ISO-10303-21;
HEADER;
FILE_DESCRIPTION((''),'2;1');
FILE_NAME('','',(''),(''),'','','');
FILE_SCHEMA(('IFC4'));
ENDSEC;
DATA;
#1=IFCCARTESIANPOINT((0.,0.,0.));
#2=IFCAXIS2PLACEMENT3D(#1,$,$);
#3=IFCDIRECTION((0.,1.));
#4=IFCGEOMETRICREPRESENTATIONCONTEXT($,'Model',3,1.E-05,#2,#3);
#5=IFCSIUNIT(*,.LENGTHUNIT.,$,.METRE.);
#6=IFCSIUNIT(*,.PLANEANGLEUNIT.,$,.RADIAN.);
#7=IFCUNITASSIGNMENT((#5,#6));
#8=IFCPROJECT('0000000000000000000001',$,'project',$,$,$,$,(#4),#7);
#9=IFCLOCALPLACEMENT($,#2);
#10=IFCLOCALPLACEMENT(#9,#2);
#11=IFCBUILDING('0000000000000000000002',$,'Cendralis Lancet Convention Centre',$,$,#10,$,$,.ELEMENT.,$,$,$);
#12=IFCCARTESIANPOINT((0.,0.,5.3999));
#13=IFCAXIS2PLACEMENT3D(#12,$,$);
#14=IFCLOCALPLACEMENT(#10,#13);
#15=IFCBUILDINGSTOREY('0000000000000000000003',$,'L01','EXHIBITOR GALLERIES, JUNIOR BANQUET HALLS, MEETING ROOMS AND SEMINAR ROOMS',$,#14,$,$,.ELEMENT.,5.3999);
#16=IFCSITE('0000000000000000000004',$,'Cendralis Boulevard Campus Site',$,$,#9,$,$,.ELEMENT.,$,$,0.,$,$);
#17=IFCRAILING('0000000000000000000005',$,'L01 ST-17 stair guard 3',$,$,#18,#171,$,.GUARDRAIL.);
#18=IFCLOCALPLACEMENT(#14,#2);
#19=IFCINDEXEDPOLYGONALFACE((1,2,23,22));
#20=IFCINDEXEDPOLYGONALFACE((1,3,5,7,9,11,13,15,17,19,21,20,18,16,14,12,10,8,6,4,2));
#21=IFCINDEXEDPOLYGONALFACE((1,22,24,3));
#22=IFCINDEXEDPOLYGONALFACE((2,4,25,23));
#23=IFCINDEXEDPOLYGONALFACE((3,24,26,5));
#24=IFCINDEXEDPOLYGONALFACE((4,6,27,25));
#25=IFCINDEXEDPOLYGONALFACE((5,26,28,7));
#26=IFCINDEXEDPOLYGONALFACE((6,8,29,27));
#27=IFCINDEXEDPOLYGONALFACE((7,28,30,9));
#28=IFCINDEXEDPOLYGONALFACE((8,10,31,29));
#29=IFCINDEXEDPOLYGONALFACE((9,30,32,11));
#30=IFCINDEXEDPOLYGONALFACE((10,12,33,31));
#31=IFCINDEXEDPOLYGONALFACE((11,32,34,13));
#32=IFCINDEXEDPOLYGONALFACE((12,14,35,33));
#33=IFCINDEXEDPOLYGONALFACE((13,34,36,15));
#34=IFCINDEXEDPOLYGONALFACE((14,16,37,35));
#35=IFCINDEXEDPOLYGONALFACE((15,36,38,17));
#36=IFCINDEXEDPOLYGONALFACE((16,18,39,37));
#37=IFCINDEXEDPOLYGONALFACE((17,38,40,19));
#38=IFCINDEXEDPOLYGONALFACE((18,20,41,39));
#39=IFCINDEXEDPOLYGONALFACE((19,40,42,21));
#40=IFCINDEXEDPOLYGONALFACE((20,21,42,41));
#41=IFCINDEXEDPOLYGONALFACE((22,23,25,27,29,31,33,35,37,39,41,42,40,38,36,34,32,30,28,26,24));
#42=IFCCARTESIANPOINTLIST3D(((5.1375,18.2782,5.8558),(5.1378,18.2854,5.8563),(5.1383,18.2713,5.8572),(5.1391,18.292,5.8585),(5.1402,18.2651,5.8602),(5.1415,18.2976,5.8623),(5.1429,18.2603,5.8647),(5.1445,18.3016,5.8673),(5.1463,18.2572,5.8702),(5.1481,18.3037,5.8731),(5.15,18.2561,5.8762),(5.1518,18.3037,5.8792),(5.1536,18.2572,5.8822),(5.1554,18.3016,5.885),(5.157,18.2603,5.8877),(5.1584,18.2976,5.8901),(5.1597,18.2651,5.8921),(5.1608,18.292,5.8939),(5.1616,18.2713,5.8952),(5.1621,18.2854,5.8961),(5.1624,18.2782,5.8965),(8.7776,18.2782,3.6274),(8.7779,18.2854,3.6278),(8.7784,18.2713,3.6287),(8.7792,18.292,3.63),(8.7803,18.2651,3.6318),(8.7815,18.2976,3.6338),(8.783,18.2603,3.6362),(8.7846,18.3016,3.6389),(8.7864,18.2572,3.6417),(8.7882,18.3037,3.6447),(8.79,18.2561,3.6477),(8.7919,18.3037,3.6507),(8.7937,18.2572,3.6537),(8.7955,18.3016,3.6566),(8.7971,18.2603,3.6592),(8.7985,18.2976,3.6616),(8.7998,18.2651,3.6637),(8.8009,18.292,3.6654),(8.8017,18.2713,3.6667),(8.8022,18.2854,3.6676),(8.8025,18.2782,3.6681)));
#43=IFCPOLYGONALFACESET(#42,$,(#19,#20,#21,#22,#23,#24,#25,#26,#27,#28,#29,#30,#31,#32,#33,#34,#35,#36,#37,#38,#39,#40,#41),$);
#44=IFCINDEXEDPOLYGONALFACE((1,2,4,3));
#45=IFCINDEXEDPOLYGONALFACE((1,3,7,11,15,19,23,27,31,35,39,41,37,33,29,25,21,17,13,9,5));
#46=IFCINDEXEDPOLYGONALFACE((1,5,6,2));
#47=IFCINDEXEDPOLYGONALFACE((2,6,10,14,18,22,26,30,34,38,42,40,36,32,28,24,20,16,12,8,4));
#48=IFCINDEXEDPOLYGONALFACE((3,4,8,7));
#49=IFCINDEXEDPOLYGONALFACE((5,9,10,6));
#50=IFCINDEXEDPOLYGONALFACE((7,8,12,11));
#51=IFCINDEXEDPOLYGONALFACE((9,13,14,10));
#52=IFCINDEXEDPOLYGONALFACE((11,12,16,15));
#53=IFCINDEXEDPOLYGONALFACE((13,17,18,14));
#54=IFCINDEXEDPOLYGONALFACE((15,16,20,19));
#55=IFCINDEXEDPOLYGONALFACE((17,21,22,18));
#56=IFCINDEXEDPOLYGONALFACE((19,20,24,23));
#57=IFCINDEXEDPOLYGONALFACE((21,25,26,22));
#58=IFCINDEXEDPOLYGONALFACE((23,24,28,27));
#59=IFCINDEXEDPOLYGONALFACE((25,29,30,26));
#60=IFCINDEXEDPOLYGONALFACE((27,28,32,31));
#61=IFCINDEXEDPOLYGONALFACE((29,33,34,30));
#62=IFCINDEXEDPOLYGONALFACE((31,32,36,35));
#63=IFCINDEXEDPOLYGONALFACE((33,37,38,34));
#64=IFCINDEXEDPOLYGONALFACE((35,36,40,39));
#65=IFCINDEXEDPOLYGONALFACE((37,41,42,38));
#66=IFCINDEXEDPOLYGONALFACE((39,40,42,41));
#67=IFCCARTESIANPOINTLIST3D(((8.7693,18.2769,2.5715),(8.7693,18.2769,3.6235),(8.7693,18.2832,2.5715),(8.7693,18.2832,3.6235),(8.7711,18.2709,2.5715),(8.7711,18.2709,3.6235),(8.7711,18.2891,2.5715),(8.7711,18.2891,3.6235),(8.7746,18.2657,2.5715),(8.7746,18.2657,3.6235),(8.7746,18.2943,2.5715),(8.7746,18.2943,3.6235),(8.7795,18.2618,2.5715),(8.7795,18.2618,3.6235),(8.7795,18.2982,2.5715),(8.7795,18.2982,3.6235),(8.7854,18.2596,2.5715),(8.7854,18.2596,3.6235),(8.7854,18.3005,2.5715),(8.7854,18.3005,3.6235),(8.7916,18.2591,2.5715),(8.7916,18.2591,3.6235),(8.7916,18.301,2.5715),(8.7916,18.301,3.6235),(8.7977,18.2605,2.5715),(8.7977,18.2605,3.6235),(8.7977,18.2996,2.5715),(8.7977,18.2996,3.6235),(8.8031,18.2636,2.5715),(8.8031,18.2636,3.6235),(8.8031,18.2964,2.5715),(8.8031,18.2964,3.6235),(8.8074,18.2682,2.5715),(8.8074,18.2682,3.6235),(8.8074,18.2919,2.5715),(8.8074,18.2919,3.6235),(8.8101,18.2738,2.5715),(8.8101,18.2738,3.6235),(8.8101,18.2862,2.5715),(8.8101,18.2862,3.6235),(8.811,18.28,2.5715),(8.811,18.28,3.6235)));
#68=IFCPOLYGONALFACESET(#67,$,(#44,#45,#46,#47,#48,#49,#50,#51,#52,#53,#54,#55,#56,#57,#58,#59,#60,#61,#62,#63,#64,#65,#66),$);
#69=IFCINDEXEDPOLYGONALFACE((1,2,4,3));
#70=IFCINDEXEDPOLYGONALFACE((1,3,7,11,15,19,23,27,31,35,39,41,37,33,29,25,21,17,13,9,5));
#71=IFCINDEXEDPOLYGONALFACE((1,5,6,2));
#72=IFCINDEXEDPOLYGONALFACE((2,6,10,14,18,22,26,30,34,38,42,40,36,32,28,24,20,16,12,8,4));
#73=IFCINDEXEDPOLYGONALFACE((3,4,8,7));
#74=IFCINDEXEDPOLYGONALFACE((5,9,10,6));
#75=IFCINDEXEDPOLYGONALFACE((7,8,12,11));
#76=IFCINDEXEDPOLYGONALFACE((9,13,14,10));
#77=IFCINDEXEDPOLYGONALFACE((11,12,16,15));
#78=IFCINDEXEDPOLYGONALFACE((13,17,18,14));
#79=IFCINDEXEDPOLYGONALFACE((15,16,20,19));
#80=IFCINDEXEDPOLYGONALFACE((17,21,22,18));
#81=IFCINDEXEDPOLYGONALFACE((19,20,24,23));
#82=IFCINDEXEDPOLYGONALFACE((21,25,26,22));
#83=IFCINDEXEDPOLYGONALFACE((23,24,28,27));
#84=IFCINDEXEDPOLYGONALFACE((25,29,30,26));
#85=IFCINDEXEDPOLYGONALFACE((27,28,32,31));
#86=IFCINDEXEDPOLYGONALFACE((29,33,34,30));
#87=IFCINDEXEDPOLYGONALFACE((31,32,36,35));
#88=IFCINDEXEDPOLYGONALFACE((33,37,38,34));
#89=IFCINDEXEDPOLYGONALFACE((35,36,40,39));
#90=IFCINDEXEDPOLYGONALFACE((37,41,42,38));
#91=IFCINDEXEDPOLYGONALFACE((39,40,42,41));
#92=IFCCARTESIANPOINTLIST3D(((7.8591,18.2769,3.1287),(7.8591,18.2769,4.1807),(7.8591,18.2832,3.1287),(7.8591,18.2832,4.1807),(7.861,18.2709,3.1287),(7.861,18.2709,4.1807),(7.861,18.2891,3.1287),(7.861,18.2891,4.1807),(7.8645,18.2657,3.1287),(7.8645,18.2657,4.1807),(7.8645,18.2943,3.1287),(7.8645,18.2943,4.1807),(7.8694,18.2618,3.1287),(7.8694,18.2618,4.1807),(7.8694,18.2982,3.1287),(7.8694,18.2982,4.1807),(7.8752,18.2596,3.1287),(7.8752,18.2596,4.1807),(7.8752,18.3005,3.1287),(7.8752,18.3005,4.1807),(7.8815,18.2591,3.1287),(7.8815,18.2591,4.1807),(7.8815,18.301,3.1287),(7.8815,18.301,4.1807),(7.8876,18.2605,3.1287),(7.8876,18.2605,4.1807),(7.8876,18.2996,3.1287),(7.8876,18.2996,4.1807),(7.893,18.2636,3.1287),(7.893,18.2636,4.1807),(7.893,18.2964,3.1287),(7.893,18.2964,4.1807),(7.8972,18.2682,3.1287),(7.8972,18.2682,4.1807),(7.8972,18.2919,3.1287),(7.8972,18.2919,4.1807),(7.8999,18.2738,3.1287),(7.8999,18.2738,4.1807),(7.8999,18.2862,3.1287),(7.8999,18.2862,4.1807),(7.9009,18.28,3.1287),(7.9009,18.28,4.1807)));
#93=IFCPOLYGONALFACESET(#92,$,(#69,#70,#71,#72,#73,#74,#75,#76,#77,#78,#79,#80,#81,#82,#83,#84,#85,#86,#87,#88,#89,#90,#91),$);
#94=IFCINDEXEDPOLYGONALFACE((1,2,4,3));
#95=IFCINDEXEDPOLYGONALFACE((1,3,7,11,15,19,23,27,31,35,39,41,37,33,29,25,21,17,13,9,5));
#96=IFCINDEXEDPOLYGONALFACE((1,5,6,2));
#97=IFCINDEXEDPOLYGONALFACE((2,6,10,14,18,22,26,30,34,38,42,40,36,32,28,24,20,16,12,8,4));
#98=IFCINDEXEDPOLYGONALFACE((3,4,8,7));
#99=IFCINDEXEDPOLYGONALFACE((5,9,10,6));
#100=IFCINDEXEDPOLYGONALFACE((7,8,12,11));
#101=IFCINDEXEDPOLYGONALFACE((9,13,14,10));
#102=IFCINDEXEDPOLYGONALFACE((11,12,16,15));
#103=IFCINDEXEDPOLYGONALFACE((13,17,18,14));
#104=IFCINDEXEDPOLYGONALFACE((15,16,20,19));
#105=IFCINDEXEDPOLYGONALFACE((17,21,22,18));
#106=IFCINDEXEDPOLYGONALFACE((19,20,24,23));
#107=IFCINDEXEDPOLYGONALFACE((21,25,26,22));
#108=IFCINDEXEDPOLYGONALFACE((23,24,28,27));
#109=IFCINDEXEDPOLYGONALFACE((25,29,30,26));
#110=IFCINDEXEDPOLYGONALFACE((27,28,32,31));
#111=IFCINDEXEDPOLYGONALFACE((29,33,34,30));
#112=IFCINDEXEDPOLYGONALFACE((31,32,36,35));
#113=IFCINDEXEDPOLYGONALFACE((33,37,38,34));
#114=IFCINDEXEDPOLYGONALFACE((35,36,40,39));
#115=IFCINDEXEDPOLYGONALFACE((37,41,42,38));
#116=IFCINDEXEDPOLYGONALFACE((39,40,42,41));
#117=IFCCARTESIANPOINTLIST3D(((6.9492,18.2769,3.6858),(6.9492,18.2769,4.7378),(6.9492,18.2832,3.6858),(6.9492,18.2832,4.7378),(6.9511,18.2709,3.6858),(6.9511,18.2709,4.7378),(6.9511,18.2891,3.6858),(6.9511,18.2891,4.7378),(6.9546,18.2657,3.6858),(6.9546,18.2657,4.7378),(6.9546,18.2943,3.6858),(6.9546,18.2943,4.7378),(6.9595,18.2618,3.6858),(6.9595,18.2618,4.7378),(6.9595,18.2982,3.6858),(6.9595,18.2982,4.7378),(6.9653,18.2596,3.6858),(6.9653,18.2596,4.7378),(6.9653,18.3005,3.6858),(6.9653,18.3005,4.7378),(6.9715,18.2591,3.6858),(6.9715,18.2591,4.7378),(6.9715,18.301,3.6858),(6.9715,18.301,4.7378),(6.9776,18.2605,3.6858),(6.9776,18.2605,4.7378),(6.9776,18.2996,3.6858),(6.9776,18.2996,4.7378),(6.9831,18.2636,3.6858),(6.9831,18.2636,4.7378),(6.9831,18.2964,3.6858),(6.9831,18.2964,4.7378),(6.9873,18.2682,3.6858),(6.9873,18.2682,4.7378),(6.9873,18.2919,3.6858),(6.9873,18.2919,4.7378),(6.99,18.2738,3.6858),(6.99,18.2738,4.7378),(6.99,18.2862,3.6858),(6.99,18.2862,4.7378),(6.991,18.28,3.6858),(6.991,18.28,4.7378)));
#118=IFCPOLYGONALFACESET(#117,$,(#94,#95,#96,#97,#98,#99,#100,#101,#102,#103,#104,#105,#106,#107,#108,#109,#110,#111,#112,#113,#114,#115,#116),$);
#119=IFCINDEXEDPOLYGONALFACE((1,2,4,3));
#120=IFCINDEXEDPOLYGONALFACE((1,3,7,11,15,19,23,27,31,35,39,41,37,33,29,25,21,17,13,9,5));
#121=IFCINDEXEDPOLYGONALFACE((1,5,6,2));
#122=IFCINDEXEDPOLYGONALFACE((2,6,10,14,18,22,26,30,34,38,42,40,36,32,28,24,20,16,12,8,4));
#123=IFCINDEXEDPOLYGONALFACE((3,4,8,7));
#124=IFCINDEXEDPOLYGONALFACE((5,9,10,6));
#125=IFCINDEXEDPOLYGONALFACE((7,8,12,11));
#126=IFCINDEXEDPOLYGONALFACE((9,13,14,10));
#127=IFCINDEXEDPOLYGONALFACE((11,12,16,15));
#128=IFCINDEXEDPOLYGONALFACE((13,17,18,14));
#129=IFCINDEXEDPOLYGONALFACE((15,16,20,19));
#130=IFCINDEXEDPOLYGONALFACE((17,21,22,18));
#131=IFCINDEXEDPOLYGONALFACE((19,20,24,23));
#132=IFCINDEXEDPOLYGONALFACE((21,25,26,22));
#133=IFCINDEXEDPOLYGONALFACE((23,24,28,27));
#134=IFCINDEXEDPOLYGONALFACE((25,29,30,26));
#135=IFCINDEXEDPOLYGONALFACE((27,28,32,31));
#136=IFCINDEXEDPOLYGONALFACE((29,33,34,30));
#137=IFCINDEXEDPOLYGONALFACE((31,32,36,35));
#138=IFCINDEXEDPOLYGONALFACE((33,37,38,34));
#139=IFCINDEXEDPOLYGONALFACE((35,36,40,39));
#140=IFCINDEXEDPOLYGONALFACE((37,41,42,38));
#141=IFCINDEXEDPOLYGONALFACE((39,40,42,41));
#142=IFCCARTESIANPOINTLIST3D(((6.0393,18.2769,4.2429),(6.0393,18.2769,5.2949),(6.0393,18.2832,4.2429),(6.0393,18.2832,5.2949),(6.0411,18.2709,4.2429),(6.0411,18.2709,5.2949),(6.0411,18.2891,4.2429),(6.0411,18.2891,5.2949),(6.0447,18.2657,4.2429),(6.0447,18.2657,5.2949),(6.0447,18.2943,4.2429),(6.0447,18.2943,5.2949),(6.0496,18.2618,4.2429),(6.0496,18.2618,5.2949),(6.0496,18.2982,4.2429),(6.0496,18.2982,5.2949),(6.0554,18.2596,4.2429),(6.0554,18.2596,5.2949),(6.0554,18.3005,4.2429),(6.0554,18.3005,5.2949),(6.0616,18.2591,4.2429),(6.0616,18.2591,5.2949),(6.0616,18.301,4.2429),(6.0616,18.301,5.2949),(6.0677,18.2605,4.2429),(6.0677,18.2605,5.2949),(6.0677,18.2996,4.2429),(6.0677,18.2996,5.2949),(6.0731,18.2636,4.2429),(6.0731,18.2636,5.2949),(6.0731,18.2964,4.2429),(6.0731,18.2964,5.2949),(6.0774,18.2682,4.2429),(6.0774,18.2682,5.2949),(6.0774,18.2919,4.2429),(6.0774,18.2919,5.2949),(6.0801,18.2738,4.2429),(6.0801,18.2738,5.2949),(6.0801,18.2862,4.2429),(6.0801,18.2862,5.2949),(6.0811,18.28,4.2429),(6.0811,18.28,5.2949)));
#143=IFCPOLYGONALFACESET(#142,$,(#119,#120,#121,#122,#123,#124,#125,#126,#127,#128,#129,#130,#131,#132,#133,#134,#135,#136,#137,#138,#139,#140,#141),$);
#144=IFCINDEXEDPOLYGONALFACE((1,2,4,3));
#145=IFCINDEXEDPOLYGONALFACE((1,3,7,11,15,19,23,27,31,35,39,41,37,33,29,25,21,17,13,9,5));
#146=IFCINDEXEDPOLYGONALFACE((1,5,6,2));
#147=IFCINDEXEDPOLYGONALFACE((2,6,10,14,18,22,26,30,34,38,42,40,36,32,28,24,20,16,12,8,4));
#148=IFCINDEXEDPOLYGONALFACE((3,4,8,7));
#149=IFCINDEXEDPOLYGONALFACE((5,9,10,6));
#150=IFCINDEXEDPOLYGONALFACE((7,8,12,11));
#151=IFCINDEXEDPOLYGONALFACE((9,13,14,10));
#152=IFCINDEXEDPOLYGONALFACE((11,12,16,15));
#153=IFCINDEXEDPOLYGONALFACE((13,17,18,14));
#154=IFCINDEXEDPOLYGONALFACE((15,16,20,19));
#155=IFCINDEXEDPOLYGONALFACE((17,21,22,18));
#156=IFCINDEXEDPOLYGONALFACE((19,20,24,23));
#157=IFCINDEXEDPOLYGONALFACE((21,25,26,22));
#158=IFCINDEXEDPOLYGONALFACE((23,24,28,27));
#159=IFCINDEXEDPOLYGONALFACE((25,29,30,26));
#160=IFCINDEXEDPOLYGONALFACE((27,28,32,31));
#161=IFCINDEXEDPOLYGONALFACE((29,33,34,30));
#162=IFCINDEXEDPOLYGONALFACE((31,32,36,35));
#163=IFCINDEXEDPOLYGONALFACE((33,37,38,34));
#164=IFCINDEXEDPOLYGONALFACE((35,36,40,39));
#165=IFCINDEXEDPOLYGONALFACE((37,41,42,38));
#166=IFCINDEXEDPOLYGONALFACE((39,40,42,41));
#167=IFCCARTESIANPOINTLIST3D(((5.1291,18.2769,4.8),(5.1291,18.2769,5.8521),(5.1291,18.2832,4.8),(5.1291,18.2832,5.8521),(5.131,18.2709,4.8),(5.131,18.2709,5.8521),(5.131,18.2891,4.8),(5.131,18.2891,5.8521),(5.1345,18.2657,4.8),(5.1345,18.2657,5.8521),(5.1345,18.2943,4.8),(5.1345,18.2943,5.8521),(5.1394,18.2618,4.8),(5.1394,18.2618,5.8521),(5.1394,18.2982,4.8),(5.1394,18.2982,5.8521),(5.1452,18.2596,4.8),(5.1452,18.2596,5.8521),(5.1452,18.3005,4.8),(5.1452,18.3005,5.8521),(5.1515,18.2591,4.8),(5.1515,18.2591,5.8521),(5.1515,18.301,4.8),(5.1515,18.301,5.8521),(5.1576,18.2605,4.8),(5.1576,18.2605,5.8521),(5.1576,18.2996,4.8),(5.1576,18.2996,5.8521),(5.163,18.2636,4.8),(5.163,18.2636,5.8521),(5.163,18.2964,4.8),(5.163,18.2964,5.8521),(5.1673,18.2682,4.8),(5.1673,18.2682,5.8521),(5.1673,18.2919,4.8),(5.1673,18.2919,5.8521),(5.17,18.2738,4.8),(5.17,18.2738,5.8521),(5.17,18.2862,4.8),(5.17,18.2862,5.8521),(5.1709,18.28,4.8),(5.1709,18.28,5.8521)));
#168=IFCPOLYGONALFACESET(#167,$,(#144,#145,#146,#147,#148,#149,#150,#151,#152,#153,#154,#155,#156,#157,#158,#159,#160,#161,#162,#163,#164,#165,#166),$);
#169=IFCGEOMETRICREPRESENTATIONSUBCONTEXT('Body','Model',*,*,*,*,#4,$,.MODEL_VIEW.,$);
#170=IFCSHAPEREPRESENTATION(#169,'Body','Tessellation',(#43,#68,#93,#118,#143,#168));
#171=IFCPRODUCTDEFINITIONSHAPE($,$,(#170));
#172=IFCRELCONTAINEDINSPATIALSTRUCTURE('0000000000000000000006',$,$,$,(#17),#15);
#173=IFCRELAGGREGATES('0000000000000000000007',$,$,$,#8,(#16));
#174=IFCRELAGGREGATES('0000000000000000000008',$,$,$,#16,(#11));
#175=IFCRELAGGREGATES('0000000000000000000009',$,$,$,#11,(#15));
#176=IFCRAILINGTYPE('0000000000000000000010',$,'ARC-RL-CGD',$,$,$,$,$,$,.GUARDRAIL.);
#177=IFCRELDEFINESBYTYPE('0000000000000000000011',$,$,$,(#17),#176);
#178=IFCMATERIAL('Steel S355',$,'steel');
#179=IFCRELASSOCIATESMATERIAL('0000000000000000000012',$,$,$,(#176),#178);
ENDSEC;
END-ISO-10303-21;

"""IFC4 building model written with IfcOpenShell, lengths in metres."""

from ifc_helpers import new_model, si_unit, direction, frame, origin, origin_2d, place, context, subcontext, project, spatial, circle, extrude, material, type_object, element, save


model = new_model("IFC4")

# Units and contexts
model_context = context("Model", 3, precision=1e-05, world=origin(), true_north=direction((0.0, 1.0)))
body_context = subcontext(model_context, "Body", "Model", "MODEL_VIEW")
ifc_project = project(units=[si_unit("LENGTHUNIT", "METRE"), si_unit("PLANEANGLEUNIT", "RADIAN")], contexts=[model_context])

# Site, building, storey
site_placement = place(None, origin())
site = spatial("IfcSite", under=ifc_project, at=site_placement, Name="Cendralis Boulevard Campus Site", CompositionType="ELEMENT", RefElevation=0.0)
building_placement = place(site_placement, origin())
building = spatial("IfcBuilding", under=site, at=building_placement, Name="Cendralis Lancet Convention Centre", CompositionType="ELEMENT")
storey_placement = place(building_placement, frame((0.0, 0.0, 5.3999)))
storey = spatial("IfcBuildingStorey", under=building, at=storey_placement, Name="L01", Description="EXHIBITOR GALLERIES, JUNIOR BANQUET HALLS, MEETING ROOMS AND SEMINAR ROOMS", CompositionType="ELEMENT", Elevation=5.3999)

# Shared definitions
ifc_material_1 = material(Name="Steel S355", Category="steel")

# Railing
railing_type_1 = type_object("IfcRailingType", Name="ARC-RL-CGD", PredefinedType="GUARDRAIL", material=ifc_material_1)
railing_1_placement = place(storey_placement, frame((8.79, 18.28, 2.5715)))
element("IfcRailing", 1, at=railing_1_placement, inside=storey, type_object=railing_type_1, Name="L01 ST-17 stair guard 3", PredefinedType="GUARDRAIL", context=body_context, shape_type="SweptSolid", body=[
    extrude(circle(Radius=0.0239, at=origin_2d()), frame((0.0, 0.0, 1.0762), z_axis=(-0.852866, 0.0, 0.52213), x_axis=(0.0, -1.0, 0.0)), (0.0, 0.0, 1.0), 4.2681),
    extrude(circle(Radius=0.021, at=origin_2d()), origin(), (0.0, 0.0, 1.0), 1.052),
    extrude(circle(Radius=0.021, at=origin_2d()), frame((-0.9102, 0.0, 0.5571)), (0.0, 0.0, 1.0), 1.052),
    extrude(circle(Radius=0.021, at=origin_2d()), frame((-1.8201, 0.0, 1.1143)), (0.0, 0.0, 1.0), 1.052),
    extrude(circle(Radius=0.021, at=origin_2d()), frame((-2.73, 0.0, 1.6714)), (0.0, 0.0, 1.0), 1.052),
    extrude(circle(Radius=0.021, at=origin_2d()), frame((-3.6401, 0.0, 2.2285)), (0.0, 0.0, 1.0), 1.052),
])

save(model, "model.ifc")
